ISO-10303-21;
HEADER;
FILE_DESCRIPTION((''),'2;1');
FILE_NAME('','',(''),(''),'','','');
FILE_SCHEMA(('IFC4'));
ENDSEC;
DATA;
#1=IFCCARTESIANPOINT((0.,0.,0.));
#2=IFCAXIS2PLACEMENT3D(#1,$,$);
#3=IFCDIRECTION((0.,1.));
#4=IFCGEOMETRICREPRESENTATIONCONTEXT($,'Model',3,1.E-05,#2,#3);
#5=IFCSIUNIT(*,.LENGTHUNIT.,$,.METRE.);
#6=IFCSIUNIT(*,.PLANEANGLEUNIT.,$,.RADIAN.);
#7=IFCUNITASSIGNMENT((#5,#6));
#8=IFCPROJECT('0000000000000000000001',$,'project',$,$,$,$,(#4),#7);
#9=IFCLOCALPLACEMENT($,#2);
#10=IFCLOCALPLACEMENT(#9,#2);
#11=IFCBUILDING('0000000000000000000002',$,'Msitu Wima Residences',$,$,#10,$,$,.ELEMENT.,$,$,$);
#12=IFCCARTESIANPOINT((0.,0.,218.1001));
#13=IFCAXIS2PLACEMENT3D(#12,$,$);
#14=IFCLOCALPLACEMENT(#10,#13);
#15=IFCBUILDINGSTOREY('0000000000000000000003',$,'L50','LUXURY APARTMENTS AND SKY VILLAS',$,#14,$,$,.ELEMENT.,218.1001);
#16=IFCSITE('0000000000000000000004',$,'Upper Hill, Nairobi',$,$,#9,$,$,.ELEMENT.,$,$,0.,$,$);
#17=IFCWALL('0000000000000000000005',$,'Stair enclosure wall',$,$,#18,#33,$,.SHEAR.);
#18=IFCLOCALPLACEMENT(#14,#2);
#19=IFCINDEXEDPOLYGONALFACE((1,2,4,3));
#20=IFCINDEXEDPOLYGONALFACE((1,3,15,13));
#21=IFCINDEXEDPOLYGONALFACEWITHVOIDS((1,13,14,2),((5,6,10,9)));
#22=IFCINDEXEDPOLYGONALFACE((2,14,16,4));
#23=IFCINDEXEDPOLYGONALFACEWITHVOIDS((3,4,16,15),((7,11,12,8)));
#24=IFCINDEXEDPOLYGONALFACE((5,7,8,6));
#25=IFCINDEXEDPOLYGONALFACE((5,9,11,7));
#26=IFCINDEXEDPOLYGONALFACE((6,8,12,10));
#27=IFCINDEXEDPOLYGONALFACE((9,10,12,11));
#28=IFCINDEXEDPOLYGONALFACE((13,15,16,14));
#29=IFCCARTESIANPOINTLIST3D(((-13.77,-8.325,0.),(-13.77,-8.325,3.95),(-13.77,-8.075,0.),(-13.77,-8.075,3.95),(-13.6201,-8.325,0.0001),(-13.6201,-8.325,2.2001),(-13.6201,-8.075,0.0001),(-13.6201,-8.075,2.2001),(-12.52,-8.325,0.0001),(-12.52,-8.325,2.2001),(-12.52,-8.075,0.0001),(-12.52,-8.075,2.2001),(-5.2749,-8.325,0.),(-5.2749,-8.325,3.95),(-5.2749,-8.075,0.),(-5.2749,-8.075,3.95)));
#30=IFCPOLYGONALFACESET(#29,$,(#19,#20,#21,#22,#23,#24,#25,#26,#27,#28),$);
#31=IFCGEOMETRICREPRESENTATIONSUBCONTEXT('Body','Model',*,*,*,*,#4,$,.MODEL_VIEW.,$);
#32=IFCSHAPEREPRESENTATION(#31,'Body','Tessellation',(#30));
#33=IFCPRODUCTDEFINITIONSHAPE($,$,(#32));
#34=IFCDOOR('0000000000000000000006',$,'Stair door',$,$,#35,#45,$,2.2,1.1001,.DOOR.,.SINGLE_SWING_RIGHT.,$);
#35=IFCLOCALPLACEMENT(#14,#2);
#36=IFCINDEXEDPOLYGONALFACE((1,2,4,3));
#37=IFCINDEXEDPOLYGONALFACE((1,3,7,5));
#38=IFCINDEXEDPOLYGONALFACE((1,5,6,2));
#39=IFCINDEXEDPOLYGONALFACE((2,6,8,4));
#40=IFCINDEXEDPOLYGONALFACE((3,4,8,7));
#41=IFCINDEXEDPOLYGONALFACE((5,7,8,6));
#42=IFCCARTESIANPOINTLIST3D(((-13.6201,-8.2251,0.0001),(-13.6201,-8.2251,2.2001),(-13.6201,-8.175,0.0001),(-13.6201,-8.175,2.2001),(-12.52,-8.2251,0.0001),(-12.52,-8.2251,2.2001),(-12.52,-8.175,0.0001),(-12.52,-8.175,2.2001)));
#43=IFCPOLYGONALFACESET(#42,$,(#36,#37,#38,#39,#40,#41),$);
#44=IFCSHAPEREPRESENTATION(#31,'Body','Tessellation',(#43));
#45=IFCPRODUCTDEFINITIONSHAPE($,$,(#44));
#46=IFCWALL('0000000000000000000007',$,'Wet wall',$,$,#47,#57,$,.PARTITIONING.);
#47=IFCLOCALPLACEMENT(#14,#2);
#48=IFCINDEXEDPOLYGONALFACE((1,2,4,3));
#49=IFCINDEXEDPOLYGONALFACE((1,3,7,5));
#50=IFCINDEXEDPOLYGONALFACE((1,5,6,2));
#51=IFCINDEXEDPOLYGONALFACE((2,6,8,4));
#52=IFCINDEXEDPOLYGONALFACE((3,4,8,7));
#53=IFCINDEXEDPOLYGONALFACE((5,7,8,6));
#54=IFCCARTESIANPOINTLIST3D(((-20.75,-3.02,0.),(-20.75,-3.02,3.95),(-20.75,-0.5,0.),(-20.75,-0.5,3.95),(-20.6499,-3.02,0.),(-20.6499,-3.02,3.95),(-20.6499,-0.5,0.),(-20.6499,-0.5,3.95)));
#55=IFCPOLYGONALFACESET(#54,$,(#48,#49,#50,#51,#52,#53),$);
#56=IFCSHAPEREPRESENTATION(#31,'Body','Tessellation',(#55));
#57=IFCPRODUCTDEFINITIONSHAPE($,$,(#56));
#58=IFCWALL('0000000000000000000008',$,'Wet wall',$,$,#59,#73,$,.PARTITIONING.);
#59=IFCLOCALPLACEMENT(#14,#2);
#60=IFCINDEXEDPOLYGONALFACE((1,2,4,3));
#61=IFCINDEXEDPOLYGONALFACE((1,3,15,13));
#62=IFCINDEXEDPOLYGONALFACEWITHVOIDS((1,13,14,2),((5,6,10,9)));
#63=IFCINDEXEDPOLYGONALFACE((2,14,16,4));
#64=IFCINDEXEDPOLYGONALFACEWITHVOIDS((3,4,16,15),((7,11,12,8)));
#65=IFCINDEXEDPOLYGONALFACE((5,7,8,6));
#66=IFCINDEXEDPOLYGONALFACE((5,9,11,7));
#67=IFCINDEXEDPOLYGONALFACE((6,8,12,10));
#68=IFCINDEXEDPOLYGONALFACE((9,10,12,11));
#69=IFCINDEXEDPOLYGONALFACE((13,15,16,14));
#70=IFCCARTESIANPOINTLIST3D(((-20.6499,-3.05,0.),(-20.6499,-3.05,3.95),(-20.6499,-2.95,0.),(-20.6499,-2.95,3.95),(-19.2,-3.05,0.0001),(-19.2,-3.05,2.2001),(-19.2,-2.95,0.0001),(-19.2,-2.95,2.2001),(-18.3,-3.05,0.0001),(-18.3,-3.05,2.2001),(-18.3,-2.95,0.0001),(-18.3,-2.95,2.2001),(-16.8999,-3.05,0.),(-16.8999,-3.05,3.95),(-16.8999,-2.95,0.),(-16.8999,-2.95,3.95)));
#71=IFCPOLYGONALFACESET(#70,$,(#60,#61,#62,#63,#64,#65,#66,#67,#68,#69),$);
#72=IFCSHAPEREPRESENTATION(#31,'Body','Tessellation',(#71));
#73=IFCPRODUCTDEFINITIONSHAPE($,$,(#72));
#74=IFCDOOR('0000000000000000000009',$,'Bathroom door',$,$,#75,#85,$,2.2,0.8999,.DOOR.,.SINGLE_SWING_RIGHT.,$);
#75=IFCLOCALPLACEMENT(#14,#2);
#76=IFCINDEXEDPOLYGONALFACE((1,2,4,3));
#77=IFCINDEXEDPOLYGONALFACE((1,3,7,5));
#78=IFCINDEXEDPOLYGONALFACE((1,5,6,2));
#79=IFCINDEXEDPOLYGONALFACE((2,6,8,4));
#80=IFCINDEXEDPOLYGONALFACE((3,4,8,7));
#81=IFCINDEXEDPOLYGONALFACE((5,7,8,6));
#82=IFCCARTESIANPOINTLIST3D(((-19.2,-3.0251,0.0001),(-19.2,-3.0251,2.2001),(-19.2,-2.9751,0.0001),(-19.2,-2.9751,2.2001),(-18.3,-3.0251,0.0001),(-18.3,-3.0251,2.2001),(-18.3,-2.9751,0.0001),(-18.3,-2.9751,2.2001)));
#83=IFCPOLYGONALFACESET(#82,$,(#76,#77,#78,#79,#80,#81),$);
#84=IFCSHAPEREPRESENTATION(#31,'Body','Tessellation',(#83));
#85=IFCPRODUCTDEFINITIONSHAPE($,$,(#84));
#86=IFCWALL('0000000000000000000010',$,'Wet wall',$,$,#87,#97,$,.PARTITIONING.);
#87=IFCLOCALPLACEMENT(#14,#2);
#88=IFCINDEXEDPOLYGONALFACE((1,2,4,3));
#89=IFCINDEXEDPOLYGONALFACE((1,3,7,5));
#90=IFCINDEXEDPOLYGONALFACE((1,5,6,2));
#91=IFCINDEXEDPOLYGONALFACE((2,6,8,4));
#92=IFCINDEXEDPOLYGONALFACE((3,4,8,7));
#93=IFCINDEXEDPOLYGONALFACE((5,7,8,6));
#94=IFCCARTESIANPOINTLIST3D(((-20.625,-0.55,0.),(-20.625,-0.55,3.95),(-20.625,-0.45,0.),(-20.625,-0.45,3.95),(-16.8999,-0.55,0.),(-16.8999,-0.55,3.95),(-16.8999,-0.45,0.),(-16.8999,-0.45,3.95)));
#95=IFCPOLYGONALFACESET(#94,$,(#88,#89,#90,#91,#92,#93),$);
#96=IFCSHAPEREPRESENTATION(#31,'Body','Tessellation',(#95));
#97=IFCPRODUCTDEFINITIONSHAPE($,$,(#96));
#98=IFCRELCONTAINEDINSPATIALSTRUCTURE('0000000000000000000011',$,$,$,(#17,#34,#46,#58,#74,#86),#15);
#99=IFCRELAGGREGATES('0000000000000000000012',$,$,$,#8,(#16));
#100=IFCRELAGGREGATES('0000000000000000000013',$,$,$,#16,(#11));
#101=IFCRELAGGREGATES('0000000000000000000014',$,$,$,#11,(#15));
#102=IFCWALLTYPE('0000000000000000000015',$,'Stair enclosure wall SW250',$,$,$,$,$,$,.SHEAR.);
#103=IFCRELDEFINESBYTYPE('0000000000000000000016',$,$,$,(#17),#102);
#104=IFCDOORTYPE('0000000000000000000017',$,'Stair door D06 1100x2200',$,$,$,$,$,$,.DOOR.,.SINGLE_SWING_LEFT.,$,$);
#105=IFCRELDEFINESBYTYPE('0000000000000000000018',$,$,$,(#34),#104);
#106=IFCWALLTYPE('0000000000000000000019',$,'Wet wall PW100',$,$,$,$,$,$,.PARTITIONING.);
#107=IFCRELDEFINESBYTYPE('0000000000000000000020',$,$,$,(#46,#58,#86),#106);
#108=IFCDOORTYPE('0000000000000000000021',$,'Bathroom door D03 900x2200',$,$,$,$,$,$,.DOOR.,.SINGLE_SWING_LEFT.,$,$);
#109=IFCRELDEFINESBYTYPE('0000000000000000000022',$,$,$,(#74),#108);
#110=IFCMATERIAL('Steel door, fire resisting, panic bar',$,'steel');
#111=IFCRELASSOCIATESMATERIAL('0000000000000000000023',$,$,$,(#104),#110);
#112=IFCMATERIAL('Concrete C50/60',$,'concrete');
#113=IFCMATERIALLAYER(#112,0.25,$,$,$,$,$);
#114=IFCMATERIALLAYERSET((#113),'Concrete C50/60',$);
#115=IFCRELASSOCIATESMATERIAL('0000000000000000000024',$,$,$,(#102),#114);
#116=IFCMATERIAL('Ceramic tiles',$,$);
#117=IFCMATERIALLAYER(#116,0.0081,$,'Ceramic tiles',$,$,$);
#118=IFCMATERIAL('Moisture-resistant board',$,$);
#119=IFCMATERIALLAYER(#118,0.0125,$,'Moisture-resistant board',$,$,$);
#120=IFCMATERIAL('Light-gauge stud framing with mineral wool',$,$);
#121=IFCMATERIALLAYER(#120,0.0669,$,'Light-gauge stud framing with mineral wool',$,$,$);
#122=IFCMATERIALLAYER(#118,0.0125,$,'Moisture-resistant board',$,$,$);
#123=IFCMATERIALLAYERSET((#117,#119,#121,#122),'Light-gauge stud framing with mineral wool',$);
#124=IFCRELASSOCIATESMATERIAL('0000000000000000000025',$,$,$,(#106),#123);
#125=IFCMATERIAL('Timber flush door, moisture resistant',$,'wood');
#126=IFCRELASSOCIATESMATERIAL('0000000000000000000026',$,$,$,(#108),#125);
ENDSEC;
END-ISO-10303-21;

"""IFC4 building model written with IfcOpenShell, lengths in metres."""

from ifc_helpers import new_model, si_unit, direction, frame, frame_2d, origin, place, context, subcontext, project, spatial, rectangle, extrude, material, layer, layer_set, type_object, element, fill, save


model = new_model("IFC4")

# Units and contexts
model_context = context("Model", 3, precision=1e-05, world=origin(), true_north=direction((0.0, 1.0)))
body_context = subcontext(model_context, "Body", "Model", "MODEL_VIEW")
ifc_project = project(units=[si_unit("LENGTHUNIT", "METRE"), si_unit("PLANEANGLEUNIT", "RADIAN")], contexts=[model_context])

# Site, building, storey
site_placement = place(None, origin())
site = spatial("IfcSite", under=ifc_project, at=site_placement, Name="Upper Hill, Nairobi", CompositionType="ELEMENT", RefElevation=0.0)
building_placement = place(site_placement, origin())
building = spatial("IfcBuilding", under=site, at=building_placement, Name="Msitu Wima Residences", CompositionType="ELEMENT")
storey_placement = place(building_placement, frame((0.0, 0.0, 218.1001)))
storey = spatial("IfcBuildingStorey", under=building, at=storey_placement, Name="L50", Description="LUXURY APARTMENTS AND SKY VILLAS", CompositionType="ELEMENT", Elevation=218.1001)

# Shared definitions
ifc_material_1 = material(Name="Concrete C50/60", Category="concrete")

# Shared definitions
ifc_material_2 = material(Name="Steel door, fire resisting, panic bar", Category="steel")
door_type_1 = type_object("IfcDoorType", Name="Stair door D06 1100x2200", OperationType="SINGLE_SWING_LEFT", PredefinedType="DOOR", material=ifc_material_2)

# Wall, opening, door
ifc_layer_1 = layer(ifc_material_1, 0.25)
ifc_layer_set_1 = layer_set([ifc_layer_1], Name="Concrete C50/60")
wall_type_1 = type_object("IfcWallType", Name="Stair enclosure wall SW250", PredefinedType="SHEAR", material=ifc_layer_set_1)
wall_1_placement = place(storey_placement, frame((-13.77, -8.2, 0.0), z_axis=(0.0, 0.0, 1.0), x_axis=(1.0, 0.0, 0.0)))
wall_1 = element("IfcWall", 1, at=wall_1_placement, inside=storey, type_object=wall_type_1, Name="Stair enclosure wall", PredefinedType="SHEAR", context=body_context, shape_type="SweptSolid", body=[
    extrude(rectangle(XDim=8.4951, YDim=0.25, at=frame_2d((4.2476, 0.0))), origin(), (0.0, 0.0, 1.0), 3.95),
])
opening_1_placement = place(wall_1_placement, frame((0.1499, 0.0, 0.0)))
opening_1 = element("IfcOpeningElement", 2, at=opening_1_placement, cuts=wall_1, PredefinedType="OPENING", context=body_context, shape_type="SweptSolid", body=[
    extrude(rectangle(XDim=1.1001, YDim=2.2, at=frame_2d((0.55, 1.1001))), frame((0.0, 0.135, 0.0), z_axis=(0.0, -1.0, 0.0), x_axis=(1.0, 0.0, 0.0)), (0.0, 0.0, 1.0), 0.27),
])
door_1_placement = place(opening_1_placement, origin())
door_1 = element("IfcDoor", 3, at=door_1_placement, inside=storey, type_object=door_type_1, Name="Stair door", OperationType="SINGLE_SWING_RIGHT", OverallHeight=2.2, OverallWidth=1.1001, PredefinedType="DOOR", context=body_context, shape_type="SweptSolid", body=[
    extrude(rectangle(XDim=1.1001, YDim=2.2, at=frame_2d((0.55, 1.1001))), frame((0.0, 0.0249, 0.0), z_axis=(0.0, -1.0, 0.0), x_axis=(1.0, 0.0, 0.0)), (0.0, 0.0, 1.0), 0.05),
])
fill(opening_1, door_1)

# Wall
ifc_material_3 = material(Name="Ceramic tiles")
ifc_layer_2 = layer(ifc_material_3, 0.0081, Name="Ceramic tiles")
ifc_material_4 = material(Name="Moisture-resistant board")
ifc_layer_3 = layer(ifc_material_4, 0.0125, Name="Moisture-resistant board")
ifc_material_5 = material(Name="Light-gauge stud framing with mineral wool")
ifc_layer_4 = layer(ifc_material_5, 0.0669, Name="Light-gauge stud framing with mineral wool")
ifc_layer_5 = layer(ifc_material_4, 0.0125, Name="Moisture-resistant board")
ifc_layer_set_2 = layer_set([ifc_layer_2, ifc_layer_3, ifc_layer_4, ifc_layer_5], Name="Light-gauge stud framing with mineral wool")
wall_type_2 = type_object("IfcWallType", Name="Wet wall PW100", PredefinedType="PARTITIONING", material=ifc_layer_set_2)
wall_2_placement = place(storey_placement, frame((-20.7, -3.02, 0.0), z_axis=(0.0, 0.0, 1.0), x_axis=(0.0, 1.0, 0.0)))
element("IfcWall", 4, at=wall_2_placement, inside=storey, type_object=wall_type_2, Name="Wet wall", PredefinedType="PARTITIONING", context=body_context, shape_type="SweptSolid", body=[
    extrude(rectangle(XDim=2.52, YDim=0.1001, at=frame_2d((1.26, 0.0))), origin(), (0.0, 0.0, 1.0), 3.95),
])

# Wall, opening, door
wall_3_placement = place(storey_placement, frame((-20.6499, -3.0, 0.0), z_axis=(0.0, 0.0, 1.0), x_axis=(1.0, 0.0, 0.0)))
wall_3 = element("IfcWall", 5, at=wall_3_placement, inside=storey, type_object=wall_type_2, Name="Wet wall", PredefinedType="PARTITIONING", context=body_context, shape_type="SweptSolid", body=[
    extrude(rectangle(XDim=3.75, YDim=0.1001, at=frame_2d((1.875, 0.0))), origin(), (0.0, 0.0, 1.0), 3.95),
])
opening_2_placement = place(wall_3_placement, frame((1.45, 0.0, 0.0)))
opening_2 = element("IfcOpeningElement", 6, at=opening_2_placement, cuts=wall_3, PredefinedType="OPENING", context=body_context, shape_type="SweptSolid", body=[
    extrude(rectangle(XDim=0.8999, YDim=2.2, at=frame_2d((0.45, 1.1001))), frame((0.0, 0.0601, 0.0), z_axis=(0.0, -1.0, 0.0), x_axis=(1.0, 0.0, 0.0)), (0.0, 0.0, 1.0), 0.1201),
])
ifc_material_6 = material(Name="Timber flush door, moisture resistant", Category="wood")
door_type_2 = type_object("IfcDoorType", Name="Bathroom door D03 900x2200", OperationType="SINGLE_SWING_LEFT", PredefinedType="DOOR", material=ifc_material_6)
door_2_placement = place(opening_2_placement, origin())
door_2 = element("IfcDoor", 7, at=door_2_placement, inside=storey, type_object=door_type_2, Name="Bathroom door", OperationType="SINGLE_SWING_RIGHT", OverallHeight=2.2, OverallWidth=0.8999, PredefinedType="DOOR", context=body_context, shape_type="SweptSolid", body=[
    extrude(rectangle(XDim=0.8999, YDim=2.2, at=frame_2d((0.45, 1.1001))), frame((0.0, 0.0249, 0.0), z_axis=(0.0, -1.0, 0.0), x_axis=(1.0, 0.0, 0.0)), (0.0, 0.0, 1.0), 0.05),
])
fill(opening_2, door_2)

# Wall
wall_4_placement = place(storey_placement, frame((-20.625, -0.5, 0.0), z_axis=(0.0, 0.0, 1.0), x_axis=(1.0, 0.0, 0.0)))
element("IfcWall", 8, at=wall_4_placement, inside=storey, type_object=wall_type_2, Name="Wet wall", PredefinedType="PARTITIONING", context=body_context, shape_type="SweptSolid", body=[
    extrude(rectangle(XDim=3.7251, YDim=0.1001, at=frame_2d((1.8625, 0.0))), origin(), (0.0, 0.0, 1.0), 3.95),
])

save(model, "model.ifc")
